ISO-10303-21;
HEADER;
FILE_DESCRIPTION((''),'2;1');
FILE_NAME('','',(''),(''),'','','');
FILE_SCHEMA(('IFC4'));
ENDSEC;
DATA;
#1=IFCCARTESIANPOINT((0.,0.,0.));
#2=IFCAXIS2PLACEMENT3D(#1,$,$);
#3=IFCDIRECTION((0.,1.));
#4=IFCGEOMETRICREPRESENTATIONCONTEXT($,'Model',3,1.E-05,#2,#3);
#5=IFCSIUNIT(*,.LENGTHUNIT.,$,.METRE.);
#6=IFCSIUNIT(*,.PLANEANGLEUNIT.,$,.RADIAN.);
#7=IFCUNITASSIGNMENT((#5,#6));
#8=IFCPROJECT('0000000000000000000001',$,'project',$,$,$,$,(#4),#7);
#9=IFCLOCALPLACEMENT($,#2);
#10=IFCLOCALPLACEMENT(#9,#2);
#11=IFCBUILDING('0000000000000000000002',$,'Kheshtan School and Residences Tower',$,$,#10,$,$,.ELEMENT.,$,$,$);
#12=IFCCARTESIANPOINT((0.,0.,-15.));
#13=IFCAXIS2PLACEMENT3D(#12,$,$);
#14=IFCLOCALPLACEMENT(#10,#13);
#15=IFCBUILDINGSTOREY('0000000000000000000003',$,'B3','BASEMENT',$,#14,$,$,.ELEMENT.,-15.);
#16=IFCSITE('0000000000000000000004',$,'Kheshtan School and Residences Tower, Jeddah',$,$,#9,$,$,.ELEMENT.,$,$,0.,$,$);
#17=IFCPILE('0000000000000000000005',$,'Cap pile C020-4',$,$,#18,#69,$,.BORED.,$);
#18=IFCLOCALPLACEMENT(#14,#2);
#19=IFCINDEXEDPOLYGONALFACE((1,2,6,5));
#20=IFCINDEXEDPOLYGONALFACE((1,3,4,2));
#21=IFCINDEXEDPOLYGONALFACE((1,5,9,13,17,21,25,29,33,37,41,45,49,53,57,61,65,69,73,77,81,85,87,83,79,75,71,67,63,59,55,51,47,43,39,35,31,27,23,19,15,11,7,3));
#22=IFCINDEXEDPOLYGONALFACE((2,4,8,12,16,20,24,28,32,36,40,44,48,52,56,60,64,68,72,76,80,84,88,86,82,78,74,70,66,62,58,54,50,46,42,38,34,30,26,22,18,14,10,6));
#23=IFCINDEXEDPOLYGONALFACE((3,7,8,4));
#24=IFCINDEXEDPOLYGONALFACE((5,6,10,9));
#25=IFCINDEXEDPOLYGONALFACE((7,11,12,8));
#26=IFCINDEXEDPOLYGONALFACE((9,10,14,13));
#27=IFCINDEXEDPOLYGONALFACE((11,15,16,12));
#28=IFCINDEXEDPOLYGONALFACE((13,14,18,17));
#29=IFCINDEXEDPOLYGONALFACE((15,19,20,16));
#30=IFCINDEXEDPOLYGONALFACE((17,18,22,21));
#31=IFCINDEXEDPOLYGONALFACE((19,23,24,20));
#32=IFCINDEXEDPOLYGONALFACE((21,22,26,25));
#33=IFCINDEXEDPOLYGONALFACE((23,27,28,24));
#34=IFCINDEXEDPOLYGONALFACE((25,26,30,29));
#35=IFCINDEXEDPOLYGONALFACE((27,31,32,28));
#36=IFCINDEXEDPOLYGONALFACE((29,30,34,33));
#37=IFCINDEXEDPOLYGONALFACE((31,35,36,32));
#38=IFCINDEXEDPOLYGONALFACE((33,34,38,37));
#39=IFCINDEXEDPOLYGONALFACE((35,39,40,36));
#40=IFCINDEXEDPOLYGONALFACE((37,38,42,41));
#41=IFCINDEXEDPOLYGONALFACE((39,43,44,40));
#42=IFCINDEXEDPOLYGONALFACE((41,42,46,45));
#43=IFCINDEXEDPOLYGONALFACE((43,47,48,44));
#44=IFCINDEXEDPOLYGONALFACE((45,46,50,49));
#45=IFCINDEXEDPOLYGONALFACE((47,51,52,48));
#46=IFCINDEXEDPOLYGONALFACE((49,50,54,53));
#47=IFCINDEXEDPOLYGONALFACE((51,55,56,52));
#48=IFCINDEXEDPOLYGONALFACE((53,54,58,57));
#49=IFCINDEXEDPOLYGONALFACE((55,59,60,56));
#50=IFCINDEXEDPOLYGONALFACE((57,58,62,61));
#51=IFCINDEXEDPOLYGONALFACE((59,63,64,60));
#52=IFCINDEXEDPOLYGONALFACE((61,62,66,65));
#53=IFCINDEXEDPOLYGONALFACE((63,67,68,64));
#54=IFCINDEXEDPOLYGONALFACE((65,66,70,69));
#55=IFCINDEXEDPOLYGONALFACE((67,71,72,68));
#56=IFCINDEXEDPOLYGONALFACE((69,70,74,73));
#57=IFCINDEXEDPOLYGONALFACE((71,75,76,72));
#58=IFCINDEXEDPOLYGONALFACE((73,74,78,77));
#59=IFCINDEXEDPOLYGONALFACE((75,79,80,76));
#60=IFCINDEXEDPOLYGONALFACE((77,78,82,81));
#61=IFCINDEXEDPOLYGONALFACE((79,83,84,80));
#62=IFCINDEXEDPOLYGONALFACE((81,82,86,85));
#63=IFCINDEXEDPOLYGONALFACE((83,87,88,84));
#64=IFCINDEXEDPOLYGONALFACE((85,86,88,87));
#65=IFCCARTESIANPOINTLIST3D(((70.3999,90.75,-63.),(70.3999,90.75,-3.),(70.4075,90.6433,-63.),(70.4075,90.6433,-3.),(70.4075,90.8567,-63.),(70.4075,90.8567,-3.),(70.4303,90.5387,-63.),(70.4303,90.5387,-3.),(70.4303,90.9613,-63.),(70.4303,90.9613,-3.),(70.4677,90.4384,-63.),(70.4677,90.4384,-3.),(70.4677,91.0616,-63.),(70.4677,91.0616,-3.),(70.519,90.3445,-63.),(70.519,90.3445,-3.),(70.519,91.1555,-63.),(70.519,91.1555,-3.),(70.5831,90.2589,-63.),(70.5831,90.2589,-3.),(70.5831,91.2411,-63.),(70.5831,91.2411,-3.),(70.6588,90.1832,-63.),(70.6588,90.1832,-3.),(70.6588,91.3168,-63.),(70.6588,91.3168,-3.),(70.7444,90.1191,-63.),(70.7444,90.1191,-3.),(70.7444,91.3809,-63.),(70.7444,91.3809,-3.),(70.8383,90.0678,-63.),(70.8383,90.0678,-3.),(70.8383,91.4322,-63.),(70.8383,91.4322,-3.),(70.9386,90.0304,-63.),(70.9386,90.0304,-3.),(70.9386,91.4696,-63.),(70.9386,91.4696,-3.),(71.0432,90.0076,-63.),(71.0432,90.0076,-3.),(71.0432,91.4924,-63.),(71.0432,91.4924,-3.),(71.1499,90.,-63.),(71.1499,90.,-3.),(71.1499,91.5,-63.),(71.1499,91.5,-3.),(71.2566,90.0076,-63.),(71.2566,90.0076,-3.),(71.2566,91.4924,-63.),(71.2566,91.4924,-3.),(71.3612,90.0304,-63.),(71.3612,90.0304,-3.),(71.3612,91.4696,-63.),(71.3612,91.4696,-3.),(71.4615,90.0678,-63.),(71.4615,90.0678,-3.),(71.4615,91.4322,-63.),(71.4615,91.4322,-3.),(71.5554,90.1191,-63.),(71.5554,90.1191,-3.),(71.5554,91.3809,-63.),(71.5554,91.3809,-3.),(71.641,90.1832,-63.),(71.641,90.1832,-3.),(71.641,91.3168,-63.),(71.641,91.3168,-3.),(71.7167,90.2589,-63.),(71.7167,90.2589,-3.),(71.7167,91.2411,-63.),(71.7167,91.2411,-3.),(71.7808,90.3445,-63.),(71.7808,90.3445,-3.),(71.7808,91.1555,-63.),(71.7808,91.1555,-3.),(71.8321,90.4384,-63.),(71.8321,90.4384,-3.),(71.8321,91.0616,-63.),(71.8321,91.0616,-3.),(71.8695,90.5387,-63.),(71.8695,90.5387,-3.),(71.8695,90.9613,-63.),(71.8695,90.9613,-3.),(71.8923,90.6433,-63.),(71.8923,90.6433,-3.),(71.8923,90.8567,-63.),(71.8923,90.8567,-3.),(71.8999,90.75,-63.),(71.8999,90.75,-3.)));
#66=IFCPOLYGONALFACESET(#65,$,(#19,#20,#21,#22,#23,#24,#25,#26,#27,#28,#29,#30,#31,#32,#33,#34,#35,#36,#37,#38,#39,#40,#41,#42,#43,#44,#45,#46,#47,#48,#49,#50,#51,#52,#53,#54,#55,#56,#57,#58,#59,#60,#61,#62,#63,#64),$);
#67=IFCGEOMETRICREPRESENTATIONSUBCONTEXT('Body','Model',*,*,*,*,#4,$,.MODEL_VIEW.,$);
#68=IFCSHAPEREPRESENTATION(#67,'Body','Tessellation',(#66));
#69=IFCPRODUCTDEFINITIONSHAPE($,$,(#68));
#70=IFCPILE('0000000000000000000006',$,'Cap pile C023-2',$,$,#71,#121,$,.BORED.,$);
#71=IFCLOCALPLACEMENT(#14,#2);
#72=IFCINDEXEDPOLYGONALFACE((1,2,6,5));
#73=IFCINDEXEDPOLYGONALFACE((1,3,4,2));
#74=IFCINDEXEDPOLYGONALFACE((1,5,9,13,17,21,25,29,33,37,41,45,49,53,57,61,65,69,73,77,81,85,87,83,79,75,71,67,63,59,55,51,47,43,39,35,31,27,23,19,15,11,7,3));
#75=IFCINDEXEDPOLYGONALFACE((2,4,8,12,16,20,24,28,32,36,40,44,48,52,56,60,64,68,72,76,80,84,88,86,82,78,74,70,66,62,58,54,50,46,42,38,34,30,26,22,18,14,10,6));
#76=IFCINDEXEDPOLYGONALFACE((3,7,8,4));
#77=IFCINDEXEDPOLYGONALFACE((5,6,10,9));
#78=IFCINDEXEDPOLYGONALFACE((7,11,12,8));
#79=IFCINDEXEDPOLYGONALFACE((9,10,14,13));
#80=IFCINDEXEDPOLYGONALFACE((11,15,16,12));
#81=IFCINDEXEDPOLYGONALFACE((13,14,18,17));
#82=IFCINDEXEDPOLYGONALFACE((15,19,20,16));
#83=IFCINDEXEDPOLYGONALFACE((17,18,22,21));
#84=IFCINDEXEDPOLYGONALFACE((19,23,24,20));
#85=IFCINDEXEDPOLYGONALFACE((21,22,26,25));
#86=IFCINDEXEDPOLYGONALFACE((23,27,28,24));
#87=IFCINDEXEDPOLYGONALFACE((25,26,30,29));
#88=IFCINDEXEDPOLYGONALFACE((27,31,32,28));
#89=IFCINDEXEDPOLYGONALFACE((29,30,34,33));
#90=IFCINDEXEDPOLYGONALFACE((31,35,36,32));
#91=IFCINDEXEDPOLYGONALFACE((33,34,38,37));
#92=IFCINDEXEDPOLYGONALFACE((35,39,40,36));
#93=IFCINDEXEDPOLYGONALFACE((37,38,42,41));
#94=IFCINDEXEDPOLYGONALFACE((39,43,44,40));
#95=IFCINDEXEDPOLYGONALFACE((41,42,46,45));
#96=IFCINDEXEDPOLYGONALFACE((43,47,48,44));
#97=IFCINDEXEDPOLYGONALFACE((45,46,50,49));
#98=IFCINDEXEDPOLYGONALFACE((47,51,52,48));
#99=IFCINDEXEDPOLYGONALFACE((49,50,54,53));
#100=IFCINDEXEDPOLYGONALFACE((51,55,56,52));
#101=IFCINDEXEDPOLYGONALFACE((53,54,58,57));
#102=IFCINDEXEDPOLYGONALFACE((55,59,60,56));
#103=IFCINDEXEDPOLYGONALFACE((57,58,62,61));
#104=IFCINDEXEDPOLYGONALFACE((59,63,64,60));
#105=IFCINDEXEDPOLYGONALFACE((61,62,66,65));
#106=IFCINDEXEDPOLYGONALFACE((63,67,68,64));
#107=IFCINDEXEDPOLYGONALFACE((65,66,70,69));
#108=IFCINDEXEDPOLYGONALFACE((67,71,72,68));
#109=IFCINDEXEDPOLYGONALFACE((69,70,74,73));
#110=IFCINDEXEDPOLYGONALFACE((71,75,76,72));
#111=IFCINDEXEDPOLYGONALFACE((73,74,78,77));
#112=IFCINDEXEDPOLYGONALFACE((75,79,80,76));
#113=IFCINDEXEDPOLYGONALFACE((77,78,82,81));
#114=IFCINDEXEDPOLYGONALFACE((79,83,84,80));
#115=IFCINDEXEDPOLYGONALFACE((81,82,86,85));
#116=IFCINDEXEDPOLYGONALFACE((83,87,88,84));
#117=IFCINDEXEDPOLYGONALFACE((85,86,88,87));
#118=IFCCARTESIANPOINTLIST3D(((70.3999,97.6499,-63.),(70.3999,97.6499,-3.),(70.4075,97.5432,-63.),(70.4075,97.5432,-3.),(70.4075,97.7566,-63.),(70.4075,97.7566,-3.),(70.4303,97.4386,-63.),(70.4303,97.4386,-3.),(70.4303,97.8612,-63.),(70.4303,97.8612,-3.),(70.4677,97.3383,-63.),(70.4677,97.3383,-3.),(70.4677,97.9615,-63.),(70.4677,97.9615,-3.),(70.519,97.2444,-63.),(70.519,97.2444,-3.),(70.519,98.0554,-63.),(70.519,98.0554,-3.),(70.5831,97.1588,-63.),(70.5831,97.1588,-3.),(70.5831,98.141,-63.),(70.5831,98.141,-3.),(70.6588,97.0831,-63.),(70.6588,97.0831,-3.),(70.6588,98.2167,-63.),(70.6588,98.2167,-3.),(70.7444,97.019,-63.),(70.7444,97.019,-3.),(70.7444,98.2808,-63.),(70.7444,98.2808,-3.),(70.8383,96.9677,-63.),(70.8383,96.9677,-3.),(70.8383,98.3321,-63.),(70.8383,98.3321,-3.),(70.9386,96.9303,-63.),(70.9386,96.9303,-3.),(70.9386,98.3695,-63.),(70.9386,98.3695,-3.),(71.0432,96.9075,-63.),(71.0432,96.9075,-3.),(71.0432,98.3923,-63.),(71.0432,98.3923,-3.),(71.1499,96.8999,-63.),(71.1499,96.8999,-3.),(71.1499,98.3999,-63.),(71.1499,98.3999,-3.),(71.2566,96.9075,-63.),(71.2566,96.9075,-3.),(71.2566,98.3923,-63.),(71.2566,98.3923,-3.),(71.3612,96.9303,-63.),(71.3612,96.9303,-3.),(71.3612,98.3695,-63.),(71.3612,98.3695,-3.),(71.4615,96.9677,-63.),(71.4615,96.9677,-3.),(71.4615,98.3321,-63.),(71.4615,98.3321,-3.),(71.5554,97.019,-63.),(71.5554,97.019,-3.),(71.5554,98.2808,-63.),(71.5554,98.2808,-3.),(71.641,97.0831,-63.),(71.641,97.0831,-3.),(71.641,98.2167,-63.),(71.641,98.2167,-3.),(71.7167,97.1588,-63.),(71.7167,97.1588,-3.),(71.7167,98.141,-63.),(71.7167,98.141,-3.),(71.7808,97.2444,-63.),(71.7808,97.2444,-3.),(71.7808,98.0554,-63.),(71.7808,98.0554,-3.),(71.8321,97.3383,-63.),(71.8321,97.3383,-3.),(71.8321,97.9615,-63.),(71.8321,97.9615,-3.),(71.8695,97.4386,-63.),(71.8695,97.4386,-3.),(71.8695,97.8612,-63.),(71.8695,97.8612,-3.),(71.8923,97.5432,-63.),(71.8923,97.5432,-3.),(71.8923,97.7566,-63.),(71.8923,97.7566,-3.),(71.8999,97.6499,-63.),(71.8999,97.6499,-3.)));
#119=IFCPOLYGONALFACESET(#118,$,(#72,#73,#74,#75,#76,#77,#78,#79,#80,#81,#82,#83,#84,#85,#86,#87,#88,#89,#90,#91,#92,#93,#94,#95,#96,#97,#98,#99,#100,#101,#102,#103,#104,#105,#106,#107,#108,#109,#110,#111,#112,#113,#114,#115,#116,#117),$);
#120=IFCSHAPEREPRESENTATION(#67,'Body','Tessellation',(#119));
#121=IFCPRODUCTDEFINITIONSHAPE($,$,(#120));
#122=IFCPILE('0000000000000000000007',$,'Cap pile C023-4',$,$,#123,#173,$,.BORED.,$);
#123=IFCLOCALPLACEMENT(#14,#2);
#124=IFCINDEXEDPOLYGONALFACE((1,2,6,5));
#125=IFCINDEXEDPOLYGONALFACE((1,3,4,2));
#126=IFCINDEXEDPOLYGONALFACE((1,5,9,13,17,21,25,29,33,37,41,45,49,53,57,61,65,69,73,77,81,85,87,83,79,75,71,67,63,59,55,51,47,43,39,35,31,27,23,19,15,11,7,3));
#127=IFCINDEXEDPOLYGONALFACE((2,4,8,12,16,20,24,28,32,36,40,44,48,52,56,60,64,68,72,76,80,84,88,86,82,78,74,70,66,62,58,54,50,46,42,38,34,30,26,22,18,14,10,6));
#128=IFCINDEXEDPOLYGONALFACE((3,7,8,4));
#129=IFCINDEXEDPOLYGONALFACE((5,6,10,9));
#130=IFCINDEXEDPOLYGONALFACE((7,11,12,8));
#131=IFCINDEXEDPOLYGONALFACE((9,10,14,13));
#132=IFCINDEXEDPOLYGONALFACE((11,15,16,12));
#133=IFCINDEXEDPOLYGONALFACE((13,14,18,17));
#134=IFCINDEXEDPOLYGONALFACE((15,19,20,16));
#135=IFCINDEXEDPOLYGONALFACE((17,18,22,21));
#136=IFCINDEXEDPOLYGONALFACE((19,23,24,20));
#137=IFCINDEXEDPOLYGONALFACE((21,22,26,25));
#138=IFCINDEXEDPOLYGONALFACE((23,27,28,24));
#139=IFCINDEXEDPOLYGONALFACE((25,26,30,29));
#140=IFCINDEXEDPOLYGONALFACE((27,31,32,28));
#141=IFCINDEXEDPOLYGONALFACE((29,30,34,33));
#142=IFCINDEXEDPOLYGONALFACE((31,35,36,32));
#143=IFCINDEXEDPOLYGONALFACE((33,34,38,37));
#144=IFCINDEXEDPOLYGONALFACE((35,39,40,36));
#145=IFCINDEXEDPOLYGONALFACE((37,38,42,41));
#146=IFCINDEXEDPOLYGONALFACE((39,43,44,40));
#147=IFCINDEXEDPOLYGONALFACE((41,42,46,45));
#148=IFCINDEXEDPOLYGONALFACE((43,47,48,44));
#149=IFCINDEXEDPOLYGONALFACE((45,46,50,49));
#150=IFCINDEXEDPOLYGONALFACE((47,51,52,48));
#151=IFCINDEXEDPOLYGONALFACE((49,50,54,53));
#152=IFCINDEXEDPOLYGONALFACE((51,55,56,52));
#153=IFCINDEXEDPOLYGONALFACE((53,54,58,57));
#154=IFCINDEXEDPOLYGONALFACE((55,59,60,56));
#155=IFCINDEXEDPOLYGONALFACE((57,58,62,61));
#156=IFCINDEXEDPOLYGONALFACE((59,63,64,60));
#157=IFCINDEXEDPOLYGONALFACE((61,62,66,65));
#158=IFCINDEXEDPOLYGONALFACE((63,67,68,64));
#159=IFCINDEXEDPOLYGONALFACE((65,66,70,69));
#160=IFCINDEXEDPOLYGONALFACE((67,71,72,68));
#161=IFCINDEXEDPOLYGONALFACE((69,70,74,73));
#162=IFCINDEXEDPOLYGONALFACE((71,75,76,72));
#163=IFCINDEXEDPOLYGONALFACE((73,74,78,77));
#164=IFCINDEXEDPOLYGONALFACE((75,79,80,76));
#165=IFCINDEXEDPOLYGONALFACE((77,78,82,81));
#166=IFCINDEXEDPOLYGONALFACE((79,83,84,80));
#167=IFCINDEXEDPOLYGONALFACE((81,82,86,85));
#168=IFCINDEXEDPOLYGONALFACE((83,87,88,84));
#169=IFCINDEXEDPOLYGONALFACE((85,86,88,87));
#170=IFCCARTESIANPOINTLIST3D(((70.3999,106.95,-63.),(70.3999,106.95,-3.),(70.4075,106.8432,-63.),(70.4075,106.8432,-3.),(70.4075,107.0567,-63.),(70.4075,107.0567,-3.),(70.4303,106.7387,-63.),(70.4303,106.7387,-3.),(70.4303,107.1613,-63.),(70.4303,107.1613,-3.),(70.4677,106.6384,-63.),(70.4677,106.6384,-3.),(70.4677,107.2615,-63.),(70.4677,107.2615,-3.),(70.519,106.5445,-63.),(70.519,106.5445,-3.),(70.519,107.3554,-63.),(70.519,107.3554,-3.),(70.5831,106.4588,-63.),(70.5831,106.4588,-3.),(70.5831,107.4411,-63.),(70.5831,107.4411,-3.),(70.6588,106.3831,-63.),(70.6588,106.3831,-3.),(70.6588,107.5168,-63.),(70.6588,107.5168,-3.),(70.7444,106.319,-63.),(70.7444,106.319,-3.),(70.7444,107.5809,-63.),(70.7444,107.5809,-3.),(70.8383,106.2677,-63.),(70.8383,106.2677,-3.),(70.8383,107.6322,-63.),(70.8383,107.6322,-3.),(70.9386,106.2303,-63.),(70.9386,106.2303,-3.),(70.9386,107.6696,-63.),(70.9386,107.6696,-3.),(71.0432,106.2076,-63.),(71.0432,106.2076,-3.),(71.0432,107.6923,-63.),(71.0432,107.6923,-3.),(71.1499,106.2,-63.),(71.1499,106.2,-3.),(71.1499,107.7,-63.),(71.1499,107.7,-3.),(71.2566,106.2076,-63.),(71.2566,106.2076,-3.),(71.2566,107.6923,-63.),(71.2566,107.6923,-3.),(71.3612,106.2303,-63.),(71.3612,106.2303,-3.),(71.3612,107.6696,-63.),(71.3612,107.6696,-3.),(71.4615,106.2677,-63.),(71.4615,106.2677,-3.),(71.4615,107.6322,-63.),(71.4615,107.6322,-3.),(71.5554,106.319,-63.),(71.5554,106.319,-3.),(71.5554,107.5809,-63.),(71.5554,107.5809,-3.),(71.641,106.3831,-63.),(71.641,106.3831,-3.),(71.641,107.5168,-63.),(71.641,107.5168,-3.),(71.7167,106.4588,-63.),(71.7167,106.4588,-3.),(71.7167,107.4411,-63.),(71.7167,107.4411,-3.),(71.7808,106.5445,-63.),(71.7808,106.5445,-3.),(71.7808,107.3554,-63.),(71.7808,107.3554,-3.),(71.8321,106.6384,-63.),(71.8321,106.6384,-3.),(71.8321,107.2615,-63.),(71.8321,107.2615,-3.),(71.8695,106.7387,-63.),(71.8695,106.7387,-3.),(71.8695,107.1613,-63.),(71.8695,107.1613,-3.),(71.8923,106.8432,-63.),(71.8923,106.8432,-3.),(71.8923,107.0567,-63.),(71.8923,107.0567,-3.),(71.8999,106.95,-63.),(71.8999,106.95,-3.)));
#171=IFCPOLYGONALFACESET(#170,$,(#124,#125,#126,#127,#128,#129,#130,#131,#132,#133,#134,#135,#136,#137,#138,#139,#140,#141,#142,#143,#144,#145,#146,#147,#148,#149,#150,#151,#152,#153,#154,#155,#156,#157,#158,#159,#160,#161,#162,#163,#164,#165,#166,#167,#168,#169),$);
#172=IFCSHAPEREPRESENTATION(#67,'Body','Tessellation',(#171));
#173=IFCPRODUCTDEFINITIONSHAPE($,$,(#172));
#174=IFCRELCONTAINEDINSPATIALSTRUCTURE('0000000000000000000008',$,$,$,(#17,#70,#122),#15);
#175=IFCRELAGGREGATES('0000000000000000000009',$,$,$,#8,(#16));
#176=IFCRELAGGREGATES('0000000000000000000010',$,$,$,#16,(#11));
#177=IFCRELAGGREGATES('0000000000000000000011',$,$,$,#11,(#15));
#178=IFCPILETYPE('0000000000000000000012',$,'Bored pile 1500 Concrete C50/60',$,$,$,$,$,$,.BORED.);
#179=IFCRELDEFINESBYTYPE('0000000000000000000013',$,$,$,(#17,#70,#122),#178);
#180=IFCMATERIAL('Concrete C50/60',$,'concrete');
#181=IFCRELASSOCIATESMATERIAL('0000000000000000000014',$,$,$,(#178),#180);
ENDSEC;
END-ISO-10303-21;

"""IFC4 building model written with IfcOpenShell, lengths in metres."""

from ifc_helpers import new_model, si_unit, direction, frame, origin, origin_2d, place, context, subcontext, project, spatial, circle, extrude, material, material_profile, profile_set, type_object, element, save


model = new_model("IFC4")

# Units and contexts
model_context = context("Model", 3, precision=1e-05, world=origin(), true_north=direction((0.0, 1.0)))
body_context = subcontext(model_context, "Body", "Model", "MODEL_VIEW")
ifc_project = project(units=[si_unit("LENGTHUNIT", "METRE"), si_unit("PLANEANGLEUNIT", "RADIAN")], contexts=[model_context])

# Site, building, storey
site_placement = place(None, origin())
site = spatial("IfcSite", under=ifc_project, at=site_placement, Name="Kheshtan School and Residences Tower, Jeddah", CompositionType="ELEMENT", RefElevation=0.0)
building_placement = place(site_placement, origin())
building = spatial("IfcBuilding", under=site, at=building_placement, Name="Kheshtan School and Residences Tower", CompositionType="ELEMENT")
storey_placement = place(building_placement, frame((0.0, 0.0, -15.0)))
storey = spatial("IfcBuildingStorey", under=building, at=storey_placement, Name="B3", Description="BASEMENT", CompositionType="ELEMENT", Elevation=-15.0)

# Piles
ifc_material_1 = material(Name="Concrete C50/60", Category="concrete")
ifc_material_profile_1 = material_profile(ifc_material_1, circle(Radius=0.75, at=origin_2d()), Name="BP 1500")
ifc_profile_set_1 = profile_set([ifc_material_profile_1], Name="Concrete C50/60")
pile_type = type_object("IfcPileType", Name="Bored pile 1500 Concrete C50/60", PredefinedType="BORED", material=ifc_profile_set_1)
for number, where, z_axis, x_axis, name in (
    (1, (71.1499, 90.75, -3.0), (0.0, 0.0, -1.0), (1.0, 0.0, 0.0), "Cap pile C020-4"),
    (2, (71.1499, 97.6499, -3.0), (0.0, 0.0, -1.0), (1.0, 0.0, 0.0), "Cap pile C023-2"),
    (3, (71.1499, 106.95, -3.0), (0.0, 0.0, -1.0), (1.0, 0.0, 0.0), "Cap pile C023-4"),
):
    element("IfcPile", number, at=place(storey_placement, frame(where, z_axis=z_axis, x_axis=x_axis)), inside=storey, type_object=pile_type, Name=name, PredefinedType="BORED", context=body_context, shape_type="SweptSolid", body=[
        extrude(circle(Radius=0.75, at=origin_2d()), origin(), (0.0, 0.0, 1.0), 60.0),
    ])

save(model, "model.ifc")
